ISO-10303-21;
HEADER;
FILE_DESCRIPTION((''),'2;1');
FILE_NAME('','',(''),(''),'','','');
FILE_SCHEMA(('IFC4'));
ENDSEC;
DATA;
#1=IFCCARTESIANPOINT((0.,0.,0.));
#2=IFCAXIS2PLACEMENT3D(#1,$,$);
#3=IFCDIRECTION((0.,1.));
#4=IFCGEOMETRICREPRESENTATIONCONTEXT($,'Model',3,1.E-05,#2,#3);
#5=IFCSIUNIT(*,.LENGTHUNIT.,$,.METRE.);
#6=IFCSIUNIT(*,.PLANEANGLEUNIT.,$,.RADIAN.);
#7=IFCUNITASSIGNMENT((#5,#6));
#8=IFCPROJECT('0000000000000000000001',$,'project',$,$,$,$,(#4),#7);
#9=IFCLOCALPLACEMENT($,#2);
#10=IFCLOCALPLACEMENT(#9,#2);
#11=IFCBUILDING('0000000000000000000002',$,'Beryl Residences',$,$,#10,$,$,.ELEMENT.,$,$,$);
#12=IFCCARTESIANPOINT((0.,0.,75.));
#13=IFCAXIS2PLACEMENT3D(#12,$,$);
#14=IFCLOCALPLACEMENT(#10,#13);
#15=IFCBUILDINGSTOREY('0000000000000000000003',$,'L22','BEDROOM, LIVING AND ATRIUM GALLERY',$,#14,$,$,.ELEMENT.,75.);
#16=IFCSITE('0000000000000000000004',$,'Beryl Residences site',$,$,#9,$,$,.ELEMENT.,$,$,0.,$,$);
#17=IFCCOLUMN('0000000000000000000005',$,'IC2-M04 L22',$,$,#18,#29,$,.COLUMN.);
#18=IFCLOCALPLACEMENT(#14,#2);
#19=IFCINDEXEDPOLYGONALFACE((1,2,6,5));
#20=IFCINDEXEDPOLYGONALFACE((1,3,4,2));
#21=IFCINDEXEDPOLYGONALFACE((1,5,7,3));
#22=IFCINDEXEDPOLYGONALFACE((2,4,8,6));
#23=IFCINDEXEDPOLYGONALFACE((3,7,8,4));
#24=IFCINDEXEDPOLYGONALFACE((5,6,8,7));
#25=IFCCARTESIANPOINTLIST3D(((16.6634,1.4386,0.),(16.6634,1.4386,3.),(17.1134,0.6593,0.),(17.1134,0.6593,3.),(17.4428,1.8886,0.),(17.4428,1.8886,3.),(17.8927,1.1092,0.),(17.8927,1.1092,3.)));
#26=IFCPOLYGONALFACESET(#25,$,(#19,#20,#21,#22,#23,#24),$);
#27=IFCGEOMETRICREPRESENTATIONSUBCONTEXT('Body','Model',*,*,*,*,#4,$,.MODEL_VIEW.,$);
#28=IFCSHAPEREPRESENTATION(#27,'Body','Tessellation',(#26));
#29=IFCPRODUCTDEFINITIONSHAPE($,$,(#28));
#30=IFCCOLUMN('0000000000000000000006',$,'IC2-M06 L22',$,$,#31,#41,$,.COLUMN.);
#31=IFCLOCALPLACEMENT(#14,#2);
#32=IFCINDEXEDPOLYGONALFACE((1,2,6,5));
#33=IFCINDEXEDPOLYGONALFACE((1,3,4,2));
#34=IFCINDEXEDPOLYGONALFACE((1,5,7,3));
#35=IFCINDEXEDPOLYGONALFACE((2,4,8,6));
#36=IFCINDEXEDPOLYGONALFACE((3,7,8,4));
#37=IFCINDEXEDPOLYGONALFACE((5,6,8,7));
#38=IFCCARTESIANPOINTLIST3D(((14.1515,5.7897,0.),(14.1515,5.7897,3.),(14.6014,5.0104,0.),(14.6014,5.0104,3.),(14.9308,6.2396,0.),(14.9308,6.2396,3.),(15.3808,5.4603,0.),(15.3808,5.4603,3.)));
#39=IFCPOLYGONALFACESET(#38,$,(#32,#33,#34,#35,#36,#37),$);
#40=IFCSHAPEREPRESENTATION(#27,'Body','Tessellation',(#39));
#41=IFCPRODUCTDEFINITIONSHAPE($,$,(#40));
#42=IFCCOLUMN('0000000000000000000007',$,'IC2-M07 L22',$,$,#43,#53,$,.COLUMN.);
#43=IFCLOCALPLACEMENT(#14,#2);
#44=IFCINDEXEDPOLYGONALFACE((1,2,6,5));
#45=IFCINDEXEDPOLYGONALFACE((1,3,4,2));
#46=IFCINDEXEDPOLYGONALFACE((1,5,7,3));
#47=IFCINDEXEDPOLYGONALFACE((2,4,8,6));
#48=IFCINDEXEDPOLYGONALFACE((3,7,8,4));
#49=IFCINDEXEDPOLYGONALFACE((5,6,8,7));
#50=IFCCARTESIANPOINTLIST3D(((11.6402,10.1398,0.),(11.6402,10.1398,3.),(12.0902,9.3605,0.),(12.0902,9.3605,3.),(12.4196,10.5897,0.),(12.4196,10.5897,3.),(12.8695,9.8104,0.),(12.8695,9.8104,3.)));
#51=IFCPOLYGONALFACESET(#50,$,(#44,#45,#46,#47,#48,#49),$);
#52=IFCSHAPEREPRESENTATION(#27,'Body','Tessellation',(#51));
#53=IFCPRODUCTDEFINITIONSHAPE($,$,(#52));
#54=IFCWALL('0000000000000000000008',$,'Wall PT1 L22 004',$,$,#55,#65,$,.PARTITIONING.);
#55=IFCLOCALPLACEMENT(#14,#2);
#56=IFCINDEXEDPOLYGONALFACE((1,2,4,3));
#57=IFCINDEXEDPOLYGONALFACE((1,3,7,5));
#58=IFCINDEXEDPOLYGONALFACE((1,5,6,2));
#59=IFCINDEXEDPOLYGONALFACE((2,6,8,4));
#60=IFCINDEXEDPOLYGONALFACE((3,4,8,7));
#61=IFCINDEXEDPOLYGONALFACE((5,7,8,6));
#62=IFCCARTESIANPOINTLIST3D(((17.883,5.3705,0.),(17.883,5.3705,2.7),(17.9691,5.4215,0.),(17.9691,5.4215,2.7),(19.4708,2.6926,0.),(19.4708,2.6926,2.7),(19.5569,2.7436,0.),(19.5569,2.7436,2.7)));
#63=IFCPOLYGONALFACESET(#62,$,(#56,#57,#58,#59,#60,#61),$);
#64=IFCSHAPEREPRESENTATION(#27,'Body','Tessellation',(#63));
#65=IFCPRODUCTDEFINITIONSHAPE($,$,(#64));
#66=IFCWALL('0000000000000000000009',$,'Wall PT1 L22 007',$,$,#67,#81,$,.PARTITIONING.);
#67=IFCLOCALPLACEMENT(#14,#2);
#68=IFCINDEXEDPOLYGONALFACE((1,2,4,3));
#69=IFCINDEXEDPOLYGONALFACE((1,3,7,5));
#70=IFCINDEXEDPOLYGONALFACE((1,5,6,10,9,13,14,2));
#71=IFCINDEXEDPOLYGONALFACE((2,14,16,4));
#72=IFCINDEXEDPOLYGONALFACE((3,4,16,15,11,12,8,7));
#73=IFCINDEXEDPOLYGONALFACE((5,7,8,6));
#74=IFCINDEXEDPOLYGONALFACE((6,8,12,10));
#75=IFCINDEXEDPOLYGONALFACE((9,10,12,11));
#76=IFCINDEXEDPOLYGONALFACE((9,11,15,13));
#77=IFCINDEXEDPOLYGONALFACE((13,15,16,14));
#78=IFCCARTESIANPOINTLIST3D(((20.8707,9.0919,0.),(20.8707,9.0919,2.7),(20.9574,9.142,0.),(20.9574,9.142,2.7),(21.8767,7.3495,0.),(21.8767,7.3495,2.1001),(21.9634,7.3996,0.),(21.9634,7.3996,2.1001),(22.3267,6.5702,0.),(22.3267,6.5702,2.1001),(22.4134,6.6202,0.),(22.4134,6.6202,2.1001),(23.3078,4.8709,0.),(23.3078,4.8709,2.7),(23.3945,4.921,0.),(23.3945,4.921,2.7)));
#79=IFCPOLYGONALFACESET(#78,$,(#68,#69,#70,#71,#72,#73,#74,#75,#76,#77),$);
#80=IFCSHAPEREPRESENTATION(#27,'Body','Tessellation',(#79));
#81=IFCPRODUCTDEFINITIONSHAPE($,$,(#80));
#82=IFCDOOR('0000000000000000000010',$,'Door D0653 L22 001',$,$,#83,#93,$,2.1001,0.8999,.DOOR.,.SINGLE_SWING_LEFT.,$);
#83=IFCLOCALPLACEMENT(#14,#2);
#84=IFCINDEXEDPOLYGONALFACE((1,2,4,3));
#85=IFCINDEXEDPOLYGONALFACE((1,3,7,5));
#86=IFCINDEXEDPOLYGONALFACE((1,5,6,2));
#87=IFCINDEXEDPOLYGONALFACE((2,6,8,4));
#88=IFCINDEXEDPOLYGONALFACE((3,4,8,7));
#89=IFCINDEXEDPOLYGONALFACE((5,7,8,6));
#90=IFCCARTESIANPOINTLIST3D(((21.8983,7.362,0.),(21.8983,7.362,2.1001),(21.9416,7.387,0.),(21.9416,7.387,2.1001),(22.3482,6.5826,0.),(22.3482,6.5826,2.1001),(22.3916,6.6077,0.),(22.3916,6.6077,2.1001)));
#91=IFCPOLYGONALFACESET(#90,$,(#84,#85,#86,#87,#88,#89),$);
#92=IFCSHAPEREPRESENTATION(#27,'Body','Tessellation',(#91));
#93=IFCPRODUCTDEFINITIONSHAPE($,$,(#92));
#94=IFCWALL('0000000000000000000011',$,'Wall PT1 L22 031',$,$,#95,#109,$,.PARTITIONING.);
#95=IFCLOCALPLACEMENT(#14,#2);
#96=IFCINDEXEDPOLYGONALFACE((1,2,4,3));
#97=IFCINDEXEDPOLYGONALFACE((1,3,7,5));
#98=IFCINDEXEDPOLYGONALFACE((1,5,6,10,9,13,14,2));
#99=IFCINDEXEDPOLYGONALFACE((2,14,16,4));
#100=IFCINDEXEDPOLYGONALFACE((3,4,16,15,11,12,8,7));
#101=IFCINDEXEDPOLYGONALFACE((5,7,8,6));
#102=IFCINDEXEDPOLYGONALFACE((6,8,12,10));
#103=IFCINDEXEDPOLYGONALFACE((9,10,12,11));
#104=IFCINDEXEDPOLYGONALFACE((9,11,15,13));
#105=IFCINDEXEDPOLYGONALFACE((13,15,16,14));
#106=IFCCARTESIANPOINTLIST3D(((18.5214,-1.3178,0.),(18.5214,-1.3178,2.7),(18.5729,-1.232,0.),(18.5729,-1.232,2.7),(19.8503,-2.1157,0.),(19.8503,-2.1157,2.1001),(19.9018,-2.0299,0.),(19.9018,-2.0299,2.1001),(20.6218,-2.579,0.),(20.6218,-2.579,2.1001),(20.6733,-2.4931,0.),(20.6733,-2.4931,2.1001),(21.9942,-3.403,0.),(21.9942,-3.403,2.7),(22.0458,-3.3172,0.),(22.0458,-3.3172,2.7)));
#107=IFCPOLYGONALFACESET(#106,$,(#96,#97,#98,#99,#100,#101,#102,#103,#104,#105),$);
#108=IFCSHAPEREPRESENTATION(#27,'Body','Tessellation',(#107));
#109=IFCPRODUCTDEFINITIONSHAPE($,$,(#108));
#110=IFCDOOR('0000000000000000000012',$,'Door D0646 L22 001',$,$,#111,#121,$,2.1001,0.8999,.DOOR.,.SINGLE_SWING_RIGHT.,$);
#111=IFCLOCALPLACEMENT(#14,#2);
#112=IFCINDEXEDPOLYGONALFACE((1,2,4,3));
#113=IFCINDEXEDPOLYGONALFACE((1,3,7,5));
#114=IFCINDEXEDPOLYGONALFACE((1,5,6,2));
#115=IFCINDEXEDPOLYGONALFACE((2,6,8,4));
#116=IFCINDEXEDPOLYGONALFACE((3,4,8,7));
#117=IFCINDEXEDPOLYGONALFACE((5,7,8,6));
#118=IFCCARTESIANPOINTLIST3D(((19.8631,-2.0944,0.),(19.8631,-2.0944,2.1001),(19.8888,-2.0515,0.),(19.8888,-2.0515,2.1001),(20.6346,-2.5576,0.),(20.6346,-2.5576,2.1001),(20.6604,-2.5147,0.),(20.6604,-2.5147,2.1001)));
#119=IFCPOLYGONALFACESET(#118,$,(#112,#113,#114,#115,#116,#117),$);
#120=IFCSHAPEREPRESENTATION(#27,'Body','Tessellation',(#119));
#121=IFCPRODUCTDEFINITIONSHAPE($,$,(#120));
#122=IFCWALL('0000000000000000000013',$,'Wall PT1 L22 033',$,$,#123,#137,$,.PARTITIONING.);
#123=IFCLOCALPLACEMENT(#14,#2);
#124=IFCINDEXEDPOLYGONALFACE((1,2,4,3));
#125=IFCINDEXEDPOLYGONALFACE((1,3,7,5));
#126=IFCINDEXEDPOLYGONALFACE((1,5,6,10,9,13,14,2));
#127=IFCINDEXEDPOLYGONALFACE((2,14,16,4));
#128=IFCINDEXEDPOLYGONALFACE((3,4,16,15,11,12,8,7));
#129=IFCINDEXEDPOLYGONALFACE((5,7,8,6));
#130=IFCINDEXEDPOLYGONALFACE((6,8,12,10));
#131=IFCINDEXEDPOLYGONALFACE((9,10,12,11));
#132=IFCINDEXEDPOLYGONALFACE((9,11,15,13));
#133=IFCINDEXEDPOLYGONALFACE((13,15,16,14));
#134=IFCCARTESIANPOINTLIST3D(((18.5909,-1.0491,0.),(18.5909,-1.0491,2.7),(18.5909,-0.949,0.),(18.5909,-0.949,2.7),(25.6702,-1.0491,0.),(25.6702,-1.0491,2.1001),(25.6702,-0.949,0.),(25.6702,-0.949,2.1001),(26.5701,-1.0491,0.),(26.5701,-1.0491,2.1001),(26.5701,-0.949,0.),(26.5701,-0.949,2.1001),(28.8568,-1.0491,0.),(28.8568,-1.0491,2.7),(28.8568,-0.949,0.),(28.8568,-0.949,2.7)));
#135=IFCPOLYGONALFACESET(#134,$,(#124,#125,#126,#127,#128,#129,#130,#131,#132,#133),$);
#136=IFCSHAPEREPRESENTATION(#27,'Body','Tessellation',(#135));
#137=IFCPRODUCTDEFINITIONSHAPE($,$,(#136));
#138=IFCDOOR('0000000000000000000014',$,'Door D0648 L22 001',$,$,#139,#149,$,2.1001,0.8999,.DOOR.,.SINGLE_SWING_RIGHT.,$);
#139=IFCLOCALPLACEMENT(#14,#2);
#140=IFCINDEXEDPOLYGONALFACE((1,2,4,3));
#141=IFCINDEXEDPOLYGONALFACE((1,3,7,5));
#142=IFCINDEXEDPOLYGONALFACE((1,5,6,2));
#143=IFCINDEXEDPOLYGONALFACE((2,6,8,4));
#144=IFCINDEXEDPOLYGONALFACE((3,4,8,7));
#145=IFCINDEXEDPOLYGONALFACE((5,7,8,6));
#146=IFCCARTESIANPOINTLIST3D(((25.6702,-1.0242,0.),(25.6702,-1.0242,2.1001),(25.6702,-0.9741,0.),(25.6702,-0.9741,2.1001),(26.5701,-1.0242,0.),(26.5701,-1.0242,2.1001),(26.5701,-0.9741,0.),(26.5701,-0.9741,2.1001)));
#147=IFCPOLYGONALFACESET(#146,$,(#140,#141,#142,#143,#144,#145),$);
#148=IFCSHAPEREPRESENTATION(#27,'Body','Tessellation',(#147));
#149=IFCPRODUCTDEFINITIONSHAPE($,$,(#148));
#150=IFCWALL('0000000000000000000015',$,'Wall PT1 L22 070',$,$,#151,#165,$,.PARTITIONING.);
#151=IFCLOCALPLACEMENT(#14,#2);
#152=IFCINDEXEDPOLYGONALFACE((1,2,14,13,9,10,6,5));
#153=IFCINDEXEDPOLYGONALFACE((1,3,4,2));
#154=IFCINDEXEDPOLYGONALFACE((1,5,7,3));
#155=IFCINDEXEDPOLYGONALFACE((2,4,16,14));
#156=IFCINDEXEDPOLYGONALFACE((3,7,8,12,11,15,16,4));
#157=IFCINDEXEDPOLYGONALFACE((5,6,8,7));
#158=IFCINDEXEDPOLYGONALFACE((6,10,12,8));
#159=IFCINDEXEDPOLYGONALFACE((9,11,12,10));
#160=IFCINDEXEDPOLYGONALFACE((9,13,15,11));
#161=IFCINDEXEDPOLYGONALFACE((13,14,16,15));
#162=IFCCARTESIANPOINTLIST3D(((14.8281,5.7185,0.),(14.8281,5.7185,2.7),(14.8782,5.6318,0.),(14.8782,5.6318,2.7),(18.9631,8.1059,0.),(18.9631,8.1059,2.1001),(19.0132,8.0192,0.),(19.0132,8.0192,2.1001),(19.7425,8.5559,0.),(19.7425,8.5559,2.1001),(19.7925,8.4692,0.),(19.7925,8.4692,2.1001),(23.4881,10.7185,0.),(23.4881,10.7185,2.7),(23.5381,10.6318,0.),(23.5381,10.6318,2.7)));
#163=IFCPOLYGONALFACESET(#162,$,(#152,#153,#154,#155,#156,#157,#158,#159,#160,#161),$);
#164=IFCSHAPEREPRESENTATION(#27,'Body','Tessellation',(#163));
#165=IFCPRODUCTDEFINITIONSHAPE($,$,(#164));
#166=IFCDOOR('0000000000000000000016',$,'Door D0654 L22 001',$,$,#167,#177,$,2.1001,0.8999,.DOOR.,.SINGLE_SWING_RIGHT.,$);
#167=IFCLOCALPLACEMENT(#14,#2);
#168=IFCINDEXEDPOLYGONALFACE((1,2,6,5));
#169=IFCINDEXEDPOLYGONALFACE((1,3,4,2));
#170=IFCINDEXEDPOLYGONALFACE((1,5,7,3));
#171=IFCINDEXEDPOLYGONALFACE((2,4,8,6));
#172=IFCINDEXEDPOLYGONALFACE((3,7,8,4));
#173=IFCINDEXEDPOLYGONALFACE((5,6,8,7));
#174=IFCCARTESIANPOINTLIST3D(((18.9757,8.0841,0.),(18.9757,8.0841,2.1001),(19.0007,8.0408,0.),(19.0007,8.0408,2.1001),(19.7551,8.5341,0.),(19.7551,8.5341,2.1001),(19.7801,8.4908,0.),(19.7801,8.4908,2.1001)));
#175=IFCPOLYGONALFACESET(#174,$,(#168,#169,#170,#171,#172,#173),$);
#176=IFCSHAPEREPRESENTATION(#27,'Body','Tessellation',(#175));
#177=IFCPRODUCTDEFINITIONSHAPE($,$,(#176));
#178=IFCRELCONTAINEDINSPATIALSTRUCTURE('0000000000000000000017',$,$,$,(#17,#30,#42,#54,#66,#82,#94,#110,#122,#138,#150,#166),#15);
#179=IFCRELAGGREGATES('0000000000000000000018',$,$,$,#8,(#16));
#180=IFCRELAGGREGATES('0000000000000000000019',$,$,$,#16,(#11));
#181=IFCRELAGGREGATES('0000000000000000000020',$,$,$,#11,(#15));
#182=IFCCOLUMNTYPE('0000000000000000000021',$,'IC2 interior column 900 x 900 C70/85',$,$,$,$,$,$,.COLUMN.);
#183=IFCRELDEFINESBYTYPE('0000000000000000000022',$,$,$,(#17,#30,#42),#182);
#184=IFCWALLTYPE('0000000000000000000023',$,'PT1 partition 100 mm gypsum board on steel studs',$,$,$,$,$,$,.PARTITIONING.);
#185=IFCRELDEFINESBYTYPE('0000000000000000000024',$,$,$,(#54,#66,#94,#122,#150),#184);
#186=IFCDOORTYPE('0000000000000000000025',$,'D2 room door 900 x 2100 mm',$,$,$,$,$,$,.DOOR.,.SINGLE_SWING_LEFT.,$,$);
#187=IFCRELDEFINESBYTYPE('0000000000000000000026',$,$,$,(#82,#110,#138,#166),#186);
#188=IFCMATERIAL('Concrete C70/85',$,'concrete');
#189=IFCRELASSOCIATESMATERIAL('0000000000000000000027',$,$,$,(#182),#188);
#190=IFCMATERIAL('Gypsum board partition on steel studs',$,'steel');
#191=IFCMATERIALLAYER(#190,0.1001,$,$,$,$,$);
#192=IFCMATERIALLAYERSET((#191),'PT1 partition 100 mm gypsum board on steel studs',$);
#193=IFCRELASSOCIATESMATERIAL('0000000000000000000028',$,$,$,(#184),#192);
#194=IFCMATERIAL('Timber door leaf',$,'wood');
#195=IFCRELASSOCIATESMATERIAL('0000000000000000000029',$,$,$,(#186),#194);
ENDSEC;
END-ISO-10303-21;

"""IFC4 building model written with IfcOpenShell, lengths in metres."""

from ifc_helpers import new_model, si_unit, direction, frame, frame_2d, origin, origin_2d, place, context, subcontext, project, spatial, rectangle, extrude, material, layer, layer_set, material_profile, profile_set, type_object, element, fill, save


model = new_model("IFC4")

# Units and contexts
model_context = context("Model", 3, precision=1e-05, world=origin(), true_north=direction((0.0, 1.0)))
body_context = subcontext(model_context, "Body", "Model", "MODEL_VIEW")
ifc_project = project(units=[si_unit("LENGTHUNIT", "METRE"), si_unit("PLANEANGLEUNIT", "RADIAN")], contexts=[model_context])

# Site, building, storey
site_placement = place(None, origin())
site = spatial("IfcSite", under=ifc_project, at=site_placement, Name="Beryl Residences site", CompositionType="ELEMENT", RefElevation=0.0)
building_placement = place(site_placement, origin())
building = spatial("IfcBuilding", under=site, at=building_placement, Name="Beryl Residences", CompositionType="ELEMENT")
storey_placement = place(building_placement, frame((0.0, 0.0, 75.0)))
storey = spatial("IfcBuildingStorey", under=building, at=storey_placement, Name="L22", Description="BEDROOM, LIVING AND ATRIUM GALLERY", CompositionType="ELEMENT", Elevation=75.0)

# Columns
ifc_material_1 = material(Name="Concrete C70/85", Category="concrete")
ifc_material_profile = material_profile(ifc_material_1, rectangle(XDim=0.8999, YDim=0.8999, at=origin_2d()))
ifc_profile_set = profile_set([ifc_material_profile], Name="Concrete C70/85")
column_type = type_object("IfcColumnType", Name="IC2 interior column 900 x 900 C70/85", PredefinedType="COLUMN", material=ifc_profile_set)
for number, where, z_axis, x_axis, name in (
    (1, (17.2781, 1.2739, 0.0), (0.0, 0.0, 1.0), (-0.5, 0.866025, 0.0), "IC2-M04 L22"),
    (2, (14.7661, 5.625, 0.0), (0.0, 0.0, 1.0), (-0.5, 0.866025, 0.0), "IC2-M06 L22"),
    (3, (12.2549, 9.9751, 0.0), (0.0, 0.0, 1.0), (-0.5, 0.866025, 0.0), "IC2-M07 L22"),
):
    element("IfcColumn", number, at=place(storey_placement, frame(where, z_axis=z_axis, x_axis=x_axis)), inside=storey, type_object=column_type, Name=name, PredefinedType="COLUMN", context=body_context, shape_type="SweptSolid", body=[
        extrude(rectangle(XDim=0.8999, YDim=0.8999, at=origin_2d()), origin(), (0.0, 0.0, 1.0), 3.0),
    ])

# Wall
ifc_material_2 = material(Name="Gypsum board partition on steel studs", Category="steel")
ifc_layer_1 = layer(ifc_material_2, 0.1001)
ifc_layer_set_1 = layer_set([ifc_layer_1], Name="PT1 partition 100 mm gypsum board on steel studs")
wall_type_1 = type_object("IfcWallType", Name="PT1 partition 100 mm gypsum board on steel studs", PredefinedType="PARTITIONING", material=ifc_layer_set_1)
wall_1_placement = place(storey_placement, frame((17.926, 5.396, 0.0), z_axis=(0.0, 0.0, 1.0), x_axis=(0.510026, -0.860159, 0.0)))
element("IfcWall", 4, at=wall_1_placement, inside=storey, type_object=wall_type_1, Name="Wall PT1 L22 004", PredefinedType="PARTITIONING", context=body_context, shape_type="SweptSolid", body=[
    extrude(rectangle(XDim=3.1133, YDim=0.1001, at=frame_2d((1.5566, 0.0))), origin(), (0.0, 0.0, 1.0), 2.7),
])

# Walls, openings, doors
wall_2_placement = place(storey_placement, frame((20.9141, 9.1169, 0.0), z_axis=(0.0, 0.0, 1.0), x_axis=(0.500007, -0.866021, 0.0)))
wall_2 = element("IfcWall", 5, at=wall_2_placement, inside=storey, type_object=wall_type_1, Name="Wall PT1 L22 007", PredefinedType="PARTITIONING", context=body_context, shape_type="SweptSolid", body=[
    extrude(rectangle(XDim=4.874, YDim=0.1001, at=frame_2d((2.437, 0.0))), origin(), (0.0, 0.0, 1.0), 2.7),
])
opening_1_placement = place(wall_2_placement, frame((2.012, 0.0, 0.0)))
opening_1 = element("IfcOpeningElement", 6, at=opening_1_placement, cuts=wall_2, PredefinedType="OPENING", context=body_context, shape_type="SweptSolid", body=[
    extrude(rectangle(XDim=0.8999, YDim=2.1001, at=frame_2d((0.45, 1.05))), frame((0.0, 0.0601, 0.0), z_axis=(0.0, -1.0, 0.0), x_axis=(1.0, 0.0, 0.0)), (0.0, 0.0, 1.0), 0.1201),
])
ifc_material_3 = material(Name="Timber door leaf", Category="wood")
door_type_1 = type_object("IfcDoorType", Name="D2 room door 900 x 2100 mm", OperationType="SINGLE_SWING_LEFT", PredefinedType="DOOR", material=ifc_material_3)
door_1_placement = place(opening_1_placement, origin())
door_1 = element("IfcDoor", 7, at=door_1_placement, inside=storey, type_object=door_type_1, Name="Door D0653 L22 001", OperationType="SINGLE_SWING_LEFT", OverallHeight=2.1001, OverallWidth=0.8999, PredefinedType="DOOR", context=body_context, shape_type="SweptSolid", body=[
    extrude(rectangle(XDim=0.8999, YDim=2.1001, at=frame_2d((0.45, 1.05))), frame((0.0, 0.0249, 0.0), z_axis=(0.0, -1.0, 0.0), x_axis=(1.0, 0.0, 0.0)), (0.0, 0.0, 1.0), 0.05),
])
fill(opening_1, door_1)
wall_3_placement = place(storey_placement, frame((18.5471, -1.2749, 0.0), z_axis=(0.0, 0.0, 1.0), x_axis=(0.857333, -0.514762, 0.0)))
wall_3 = element("IfcWall", 8, at=wall_3_placement, inside=storey, type_object=wall_type_1, Name="Wall PT1 L22 031", PredefinedType="PARTITIONING", context=body_context, shape_type="SweptSolid", body=[
    extrude(rectangle(XDim=4.0508, YDim=0.1001, at=frame_2d((2.0254, 0.0))), origin(), (0.0, 0.0, 1.0), 2.7),
])
opening_2_placement = place(wall_3_placement, frame((1.55, 0.0, 0.0)))
opening_2 = element("IfcOpeningElement", 9, at=opening_2_placement, cuts=wall_3, PredefinedType="OPENING", context=body_context, shape_type="SweptSolid", body=[
    extrude(rectangle(XDim=0.8999, YDim=2.1001, at=frame_2d((0.45, 1.05))), frame((0.0, 0.0601, 0.0), z_axis=(0.0, -1.0, 0.0), x_axis=(1.0, 0.0, 0.0)), (0.0, 0.0, 1.0), 0.1201),
])
door_2_placement = place(opening_2_placement, origin())
door_2 = element("IfcDoor", 10, at=door_2_placement, inside=storey, type_object=door_type_1, Name="Door D0646 L22 001", OperationType="SINGLE_SWING_RIGHT", OverallHeight=2.1001, OverallWidth=0.8999, PredefinedType="DOOR", context=body_context, shape_type="SweptSolid", body=[
    extrude(rectangle(XDim=0.8999, YDim=2.1001, at=frame_2d((0.45, 1.05))), frame((0.0, 0.0249, 0.0), z_axis=(0.0, -1.0, 0.0), x_axis=(1.0, 0.0, 0.0)), (0.0, 0.0, 1.0), 0.05),
])
fill(opening_2, door_2)
wall_4_placement = place(storey_placement, frame((18.5911, -0.999, 0.0), z_axis=(0.0, 0.0, 1.0), x_axis=(1.0, 0.0, 0.0)))
wall_4 = element("IfcWall", 11, at=wall_4_placement, inside=storey, type_object=wall_type_1, Name="Wall PT1 L22 033", PredefinedType="PARTITIONING", context=body_context, shape_type="SweptSolid", body=[
    extrude(rectangle(XDim=10.2659, YDim=0.1001, at=frame_2d((5.1328, 0.0))), origin(), (0.0, 0.0, 1.0), 2.7),
])
opening_3_placement = place(wall_4_placement, frame((7.0791, 0.0, 0.0)))
opening_3 = element("IfcOpeningElement", 12, at=opening_3_placement, cuts=wall_4, PredefinedType="OPENING", context=body_context, shape_type="SweptSolid", body=[
    extrude(rectangle(XDim=0.8999, YDim=2.1001, at=frame_2d((0.45, 1.05))), frame((0.0, 0.0601, 0.0), z_axis=(0.0, -1.0, 0.0), x_axis=(1.0, 0.0, 0.0)), (0.0, 0.0, 1.0), 0.1201),
])
door_3_placement = place(opening_3_placement, origin())
door_3 = element("IfcDoor", 13, at=door_3_placement, inside=storey, type_object=door_type_1, Name="Door D0648 L22 001", OperationType="SINGLE_SWING_RIGHT", OverallHeight=2.1001, OverallWidth=0.8999, PredefinedType="DOOR", context=body_context, shape_type="SweptSolid", body=[
    extrude(rectangle(XDim=0.8999, YDim=2.1001, at=frame_2d((0.45, 1.05))), frame((0.0, 0.0249, 0.0), z_axis=(0.0, -1.0, 0.0), x_axis=(1.0, 0.0, 0.0)), (0.0, 0.0, 1.0), 0.05),
])
fill(opening_3, door_3)
wall_5_placement = place(storey_placement, frame((14.853, 5.675, 0.0), z_axis=(0.0, 0.0, 1.0), x_axis=(0.866017, 0.500015, 0.0)))
wall_5 = element("IfcWall", 14, at=wall_5_placement, inside=storey, type_object=wall_type_1, Name="Wall PT1 L22 070", PredefinedType="PARTITIONING", context=body_context, shape_type="SweptSolid", body=[
    extrude(rectangle(XDim=9.9998, YDim=0.1001, at=frame_2d((5.0, 0.0))), origin(), (0.0, 0.0, 1.0), 2.7),
])
opening_4_placement = place(wall_5_placement, frame((4.7749, 0.0, 0.0)))
opening_4 = element("IfcOpeningElement", 15, at=opening_4_placement, cuts=wall_5, PredefinedType="OPENING", context=body_context, shape_type="SweptSolid", body=[
    extrude(rectangle(XDim=0.8999, YDim=2.1001, at=frame_2d((0.45, 1.05))), frame((0.0, 0.0601, 0.0), z_axis=(0.0, -1.0, 0.0), x_axis=(1.0, 0.0, 0.0)), (0.0, 0.0, 1.0), 0.1201),
])
door_4_placement = place(opening_4_placement, origin())
door_4 = element("IfcDoor", 16, at=door_4_placement, inside=storey, type_object=door_type_1, Name="Door D0654 L22 001", OperationType="SINGLE_SWING_RIGHT", OverallHeight=2.1001, OverallWidth=0.8999, PredefinedType="DOOR", context=body_context, shape_type="SweptSolid", body=[
    extrude(rectangle(XDim=0.8999, YDim=2.1001, at=frame_2d((0.45, 1.05))), frame((0.0, 0.0249, 0.0), z_axis=(0.0, -1.0, 0.0), x_axis=(1.0, 0.0, 0.0)), (0.0, 0.0, 1.0), 0.05),
])
fill(opening_4, door_4)

save(model, "model.ifc")
